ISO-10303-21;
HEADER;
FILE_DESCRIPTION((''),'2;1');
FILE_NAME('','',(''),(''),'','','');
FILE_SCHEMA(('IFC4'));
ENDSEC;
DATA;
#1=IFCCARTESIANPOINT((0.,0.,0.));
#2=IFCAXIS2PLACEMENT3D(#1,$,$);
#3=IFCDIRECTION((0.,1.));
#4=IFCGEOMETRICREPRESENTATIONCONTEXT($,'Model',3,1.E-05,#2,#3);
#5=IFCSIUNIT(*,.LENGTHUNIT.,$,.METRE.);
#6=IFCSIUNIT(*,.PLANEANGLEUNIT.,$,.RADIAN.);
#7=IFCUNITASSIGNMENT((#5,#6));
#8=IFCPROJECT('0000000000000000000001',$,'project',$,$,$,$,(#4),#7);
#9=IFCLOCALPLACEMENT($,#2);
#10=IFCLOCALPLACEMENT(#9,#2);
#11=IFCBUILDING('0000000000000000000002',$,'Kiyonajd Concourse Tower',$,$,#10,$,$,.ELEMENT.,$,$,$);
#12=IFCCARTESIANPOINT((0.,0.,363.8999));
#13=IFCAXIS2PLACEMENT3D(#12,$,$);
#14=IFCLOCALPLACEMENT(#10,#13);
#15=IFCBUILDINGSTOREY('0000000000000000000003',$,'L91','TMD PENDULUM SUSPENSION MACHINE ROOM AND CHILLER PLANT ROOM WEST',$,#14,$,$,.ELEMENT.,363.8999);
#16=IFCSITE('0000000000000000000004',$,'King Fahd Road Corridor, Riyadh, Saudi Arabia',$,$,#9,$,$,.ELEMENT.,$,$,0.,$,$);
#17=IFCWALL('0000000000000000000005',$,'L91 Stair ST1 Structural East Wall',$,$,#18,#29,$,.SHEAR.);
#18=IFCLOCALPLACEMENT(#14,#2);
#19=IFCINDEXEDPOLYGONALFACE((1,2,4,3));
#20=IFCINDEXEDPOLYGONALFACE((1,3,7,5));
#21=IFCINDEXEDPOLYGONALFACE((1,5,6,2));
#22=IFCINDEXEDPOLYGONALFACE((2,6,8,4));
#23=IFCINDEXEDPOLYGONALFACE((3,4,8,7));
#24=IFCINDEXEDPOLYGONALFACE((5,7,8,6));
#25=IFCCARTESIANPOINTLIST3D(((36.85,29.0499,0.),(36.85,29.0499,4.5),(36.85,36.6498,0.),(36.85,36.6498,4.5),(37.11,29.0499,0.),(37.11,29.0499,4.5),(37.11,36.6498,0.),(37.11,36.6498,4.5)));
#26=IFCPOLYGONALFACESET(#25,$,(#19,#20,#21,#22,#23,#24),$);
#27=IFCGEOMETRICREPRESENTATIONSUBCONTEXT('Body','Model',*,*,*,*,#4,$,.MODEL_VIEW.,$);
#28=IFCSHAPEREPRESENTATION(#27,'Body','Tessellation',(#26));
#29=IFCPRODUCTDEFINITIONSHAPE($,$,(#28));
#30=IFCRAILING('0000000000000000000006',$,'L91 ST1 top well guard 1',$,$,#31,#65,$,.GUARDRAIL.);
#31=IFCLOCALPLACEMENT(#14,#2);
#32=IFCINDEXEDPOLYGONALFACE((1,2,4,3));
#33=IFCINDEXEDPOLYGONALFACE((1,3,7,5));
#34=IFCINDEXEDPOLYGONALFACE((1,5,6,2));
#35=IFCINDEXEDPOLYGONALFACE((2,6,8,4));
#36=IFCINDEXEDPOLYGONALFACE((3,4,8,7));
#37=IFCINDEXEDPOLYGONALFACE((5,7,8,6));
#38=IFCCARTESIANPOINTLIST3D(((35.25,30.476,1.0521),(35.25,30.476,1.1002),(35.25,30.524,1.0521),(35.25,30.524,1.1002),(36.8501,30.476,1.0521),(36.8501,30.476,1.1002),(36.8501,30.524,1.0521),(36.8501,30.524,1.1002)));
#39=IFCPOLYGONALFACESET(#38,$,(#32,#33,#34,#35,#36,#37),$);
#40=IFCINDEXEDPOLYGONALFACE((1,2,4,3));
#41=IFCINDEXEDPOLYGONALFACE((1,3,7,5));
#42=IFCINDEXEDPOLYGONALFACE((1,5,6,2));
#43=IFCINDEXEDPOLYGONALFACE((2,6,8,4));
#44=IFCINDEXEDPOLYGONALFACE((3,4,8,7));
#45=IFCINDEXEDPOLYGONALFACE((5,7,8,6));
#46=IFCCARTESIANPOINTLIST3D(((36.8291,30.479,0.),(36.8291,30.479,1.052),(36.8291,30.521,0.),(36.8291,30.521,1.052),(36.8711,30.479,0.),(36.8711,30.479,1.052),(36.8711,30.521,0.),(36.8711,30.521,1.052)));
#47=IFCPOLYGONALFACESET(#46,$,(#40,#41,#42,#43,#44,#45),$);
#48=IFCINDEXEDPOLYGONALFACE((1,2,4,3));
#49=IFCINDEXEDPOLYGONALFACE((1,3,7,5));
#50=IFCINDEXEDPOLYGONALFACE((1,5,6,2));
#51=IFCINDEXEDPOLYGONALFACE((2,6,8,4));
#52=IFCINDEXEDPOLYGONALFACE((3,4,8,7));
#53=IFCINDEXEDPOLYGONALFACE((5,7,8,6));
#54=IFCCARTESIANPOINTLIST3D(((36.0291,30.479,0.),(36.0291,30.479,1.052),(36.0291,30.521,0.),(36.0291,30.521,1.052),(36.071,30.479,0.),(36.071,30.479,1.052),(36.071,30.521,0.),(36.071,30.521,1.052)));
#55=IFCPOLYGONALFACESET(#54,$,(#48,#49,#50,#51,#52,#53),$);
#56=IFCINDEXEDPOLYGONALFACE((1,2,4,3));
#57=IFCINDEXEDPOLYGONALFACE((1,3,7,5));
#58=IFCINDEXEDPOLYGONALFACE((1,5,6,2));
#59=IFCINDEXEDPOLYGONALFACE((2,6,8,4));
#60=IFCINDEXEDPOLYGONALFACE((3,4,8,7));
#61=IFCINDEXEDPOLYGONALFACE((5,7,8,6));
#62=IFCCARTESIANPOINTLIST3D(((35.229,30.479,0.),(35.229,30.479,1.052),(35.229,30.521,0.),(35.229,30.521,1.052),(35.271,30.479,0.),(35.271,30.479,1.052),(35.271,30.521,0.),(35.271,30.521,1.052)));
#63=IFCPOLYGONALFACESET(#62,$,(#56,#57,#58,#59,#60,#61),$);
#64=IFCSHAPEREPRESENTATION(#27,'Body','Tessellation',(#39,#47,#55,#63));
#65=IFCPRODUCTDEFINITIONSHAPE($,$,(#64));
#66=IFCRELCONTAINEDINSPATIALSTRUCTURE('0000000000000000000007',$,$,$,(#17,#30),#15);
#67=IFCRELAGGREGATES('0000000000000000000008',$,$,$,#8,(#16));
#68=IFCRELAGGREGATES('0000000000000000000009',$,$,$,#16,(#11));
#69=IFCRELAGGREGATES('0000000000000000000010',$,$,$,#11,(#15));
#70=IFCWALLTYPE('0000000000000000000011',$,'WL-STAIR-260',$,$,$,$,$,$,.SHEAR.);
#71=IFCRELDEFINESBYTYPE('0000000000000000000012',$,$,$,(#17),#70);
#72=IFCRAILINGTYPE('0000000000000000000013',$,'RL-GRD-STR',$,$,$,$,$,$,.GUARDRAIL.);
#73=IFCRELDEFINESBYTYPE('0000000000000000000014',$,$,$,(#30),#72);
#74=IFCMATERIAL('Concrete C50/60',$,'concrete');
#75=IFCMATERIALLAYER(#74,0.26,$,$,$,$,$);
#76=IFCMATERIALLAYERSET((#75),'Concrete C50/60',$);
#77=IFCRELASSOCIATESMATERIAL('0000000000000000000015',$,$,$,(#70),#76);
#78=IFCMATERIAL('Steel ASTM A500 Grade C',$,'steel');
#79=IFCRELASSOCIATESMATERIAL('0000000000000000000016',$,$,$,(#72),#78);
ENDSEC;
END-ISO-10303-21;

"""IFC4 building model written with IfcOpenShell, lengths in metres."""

from ifc_helpers import new_model, si_unit, direction, frame, frame_2d, origin, origin_2d, place, context, subcontext, project, spatial, rectangle, extrude, material, layer, layer_set, type_object, element, save


model = new_model("IFC4")

# Units and contexts
model_context = context("Model", 3, precision=1e-05, world=origin(), true_north=direction((0.0, 1.0)))
body_context = subcontext(model_context, "Body", "Model", "MODEL_VIEW")
ifc_project = project(units=[si_unit("LENGTHUNIT", "METRE"), si_unit("PLANEANGLEUNIT", "RADIAN")], contexts=[model_context])

# Site, building, storey
site_placement = place(None, origin())
site = spatial("IfcSite", under=ifc_project, at=site_placement, Name="King Fahd Road Corridor, Riyadh, Saudi Arabia", CompositionType="ELEMENT", RefElevation=0.0)
building_placement = place(site_placement, origin())
building = spatial("IfcBuilding", under=site, at=building_placement, Name="Kiyonajd Concourse Tower", CompositionType="ELEMENT")
storey_placement = place(building_placement, frame((0.0, 0.0, 363.8999)))
storey = spatial("IfcBuildingStorey", under=building, at=storey_placement, Name="L91", Description="TMD PENDULUM SUSPENSION MACHINE ROOM AND CHILLER PLANT ROOM WEST", CompositionType="ELEMENT", Elevation=363.8999)

# Shared definitions
ifc_material_1 = material(Name="Concrete C50/60", Category="concrete")

# Shared definitions
ifc_material_2 = material(Name="Steel ASTM A500 Grade C", Category="steel")

# Shared definitions
ifc_layer_1 = layer(ifc_material_1, 0.26)
ifc_layer_set_1 = layer_set([ifc_layer_1], Name="Concrete C50/60")
wall_type_1 = type_object("IfcWallType", Name="WL-STAIR-260", PredefinedType="SHEAR", material=ifc_layer_set_1)

# Wall
for number, where, z_axis, x_axis, name in (
    (1, (36.98, 29.05, 0.0), (0.0, 0.0, 1.0), (0.0, 1.0, 0.0), "L91 Stair ST1 Structural East Wall"),
):
    element("IfcWall", number, at=place(storey_placement, frame(where, z_axis=z_axis, x_axis=x_axis)), inside=storey, type_object=wall_type_1, Name=name, PredefinedType="SHEAR", context=body_context, shape_type="SweptSolid", body=[
        extrude(rectangle(XDim=7.5999, YDim=0.26, at=frame_2d((3.7998, 0.0))), origin(), (0.0, 0.0, 1.0), 4.5),
    ])

# Railing
railing_type = type_object("IfcRailingType", Name="RL-GRD-STR", PredefinedType="GUARDRAIL", material=ifc_material_2)
railing_placement = place(storey_placement, frame((36.8501, 30.5, 0.0)))
element("IfcRailing", 2, at=railing_placement, inside=storey, type_object=railing_type, Name="L91 ST1 top well guard 1", PredefinedType="GUARDRAIL", context=body_context, shape_type="SweptSolid", body=[
    extrude(rectangle(XDim=0.0481, YDim=0.0481, at=origin_2d()), frame((0.0, 0.0, 1.0762), z_axis=(-1.0, 0.0, 0.0), x_axis=(0.0, -1.0, 0.0)), (0.0, 0.0, 1.0), 1.6001),
    extrude(rectangle(XDim=0.042, YDim=0.042, at=origin_2d()), origin(), (0.0, 0.0, 1.0), 1.052),
    extrude(rectangle(XDim=0.042, YDim=0.042, at=origin_2d()), frame((-0.8, 0.0, 0.0)), (0.0, 0.0, 1.0), 1.052),
    extrude(rectangle(XDim=0.042, YDim=0.042, at=origin_2d()), frame((-1.6001, 0.0, 0.0)), (0.0, 0.0, 1.0), 1.052),
])

save(model, "model.ifc")
